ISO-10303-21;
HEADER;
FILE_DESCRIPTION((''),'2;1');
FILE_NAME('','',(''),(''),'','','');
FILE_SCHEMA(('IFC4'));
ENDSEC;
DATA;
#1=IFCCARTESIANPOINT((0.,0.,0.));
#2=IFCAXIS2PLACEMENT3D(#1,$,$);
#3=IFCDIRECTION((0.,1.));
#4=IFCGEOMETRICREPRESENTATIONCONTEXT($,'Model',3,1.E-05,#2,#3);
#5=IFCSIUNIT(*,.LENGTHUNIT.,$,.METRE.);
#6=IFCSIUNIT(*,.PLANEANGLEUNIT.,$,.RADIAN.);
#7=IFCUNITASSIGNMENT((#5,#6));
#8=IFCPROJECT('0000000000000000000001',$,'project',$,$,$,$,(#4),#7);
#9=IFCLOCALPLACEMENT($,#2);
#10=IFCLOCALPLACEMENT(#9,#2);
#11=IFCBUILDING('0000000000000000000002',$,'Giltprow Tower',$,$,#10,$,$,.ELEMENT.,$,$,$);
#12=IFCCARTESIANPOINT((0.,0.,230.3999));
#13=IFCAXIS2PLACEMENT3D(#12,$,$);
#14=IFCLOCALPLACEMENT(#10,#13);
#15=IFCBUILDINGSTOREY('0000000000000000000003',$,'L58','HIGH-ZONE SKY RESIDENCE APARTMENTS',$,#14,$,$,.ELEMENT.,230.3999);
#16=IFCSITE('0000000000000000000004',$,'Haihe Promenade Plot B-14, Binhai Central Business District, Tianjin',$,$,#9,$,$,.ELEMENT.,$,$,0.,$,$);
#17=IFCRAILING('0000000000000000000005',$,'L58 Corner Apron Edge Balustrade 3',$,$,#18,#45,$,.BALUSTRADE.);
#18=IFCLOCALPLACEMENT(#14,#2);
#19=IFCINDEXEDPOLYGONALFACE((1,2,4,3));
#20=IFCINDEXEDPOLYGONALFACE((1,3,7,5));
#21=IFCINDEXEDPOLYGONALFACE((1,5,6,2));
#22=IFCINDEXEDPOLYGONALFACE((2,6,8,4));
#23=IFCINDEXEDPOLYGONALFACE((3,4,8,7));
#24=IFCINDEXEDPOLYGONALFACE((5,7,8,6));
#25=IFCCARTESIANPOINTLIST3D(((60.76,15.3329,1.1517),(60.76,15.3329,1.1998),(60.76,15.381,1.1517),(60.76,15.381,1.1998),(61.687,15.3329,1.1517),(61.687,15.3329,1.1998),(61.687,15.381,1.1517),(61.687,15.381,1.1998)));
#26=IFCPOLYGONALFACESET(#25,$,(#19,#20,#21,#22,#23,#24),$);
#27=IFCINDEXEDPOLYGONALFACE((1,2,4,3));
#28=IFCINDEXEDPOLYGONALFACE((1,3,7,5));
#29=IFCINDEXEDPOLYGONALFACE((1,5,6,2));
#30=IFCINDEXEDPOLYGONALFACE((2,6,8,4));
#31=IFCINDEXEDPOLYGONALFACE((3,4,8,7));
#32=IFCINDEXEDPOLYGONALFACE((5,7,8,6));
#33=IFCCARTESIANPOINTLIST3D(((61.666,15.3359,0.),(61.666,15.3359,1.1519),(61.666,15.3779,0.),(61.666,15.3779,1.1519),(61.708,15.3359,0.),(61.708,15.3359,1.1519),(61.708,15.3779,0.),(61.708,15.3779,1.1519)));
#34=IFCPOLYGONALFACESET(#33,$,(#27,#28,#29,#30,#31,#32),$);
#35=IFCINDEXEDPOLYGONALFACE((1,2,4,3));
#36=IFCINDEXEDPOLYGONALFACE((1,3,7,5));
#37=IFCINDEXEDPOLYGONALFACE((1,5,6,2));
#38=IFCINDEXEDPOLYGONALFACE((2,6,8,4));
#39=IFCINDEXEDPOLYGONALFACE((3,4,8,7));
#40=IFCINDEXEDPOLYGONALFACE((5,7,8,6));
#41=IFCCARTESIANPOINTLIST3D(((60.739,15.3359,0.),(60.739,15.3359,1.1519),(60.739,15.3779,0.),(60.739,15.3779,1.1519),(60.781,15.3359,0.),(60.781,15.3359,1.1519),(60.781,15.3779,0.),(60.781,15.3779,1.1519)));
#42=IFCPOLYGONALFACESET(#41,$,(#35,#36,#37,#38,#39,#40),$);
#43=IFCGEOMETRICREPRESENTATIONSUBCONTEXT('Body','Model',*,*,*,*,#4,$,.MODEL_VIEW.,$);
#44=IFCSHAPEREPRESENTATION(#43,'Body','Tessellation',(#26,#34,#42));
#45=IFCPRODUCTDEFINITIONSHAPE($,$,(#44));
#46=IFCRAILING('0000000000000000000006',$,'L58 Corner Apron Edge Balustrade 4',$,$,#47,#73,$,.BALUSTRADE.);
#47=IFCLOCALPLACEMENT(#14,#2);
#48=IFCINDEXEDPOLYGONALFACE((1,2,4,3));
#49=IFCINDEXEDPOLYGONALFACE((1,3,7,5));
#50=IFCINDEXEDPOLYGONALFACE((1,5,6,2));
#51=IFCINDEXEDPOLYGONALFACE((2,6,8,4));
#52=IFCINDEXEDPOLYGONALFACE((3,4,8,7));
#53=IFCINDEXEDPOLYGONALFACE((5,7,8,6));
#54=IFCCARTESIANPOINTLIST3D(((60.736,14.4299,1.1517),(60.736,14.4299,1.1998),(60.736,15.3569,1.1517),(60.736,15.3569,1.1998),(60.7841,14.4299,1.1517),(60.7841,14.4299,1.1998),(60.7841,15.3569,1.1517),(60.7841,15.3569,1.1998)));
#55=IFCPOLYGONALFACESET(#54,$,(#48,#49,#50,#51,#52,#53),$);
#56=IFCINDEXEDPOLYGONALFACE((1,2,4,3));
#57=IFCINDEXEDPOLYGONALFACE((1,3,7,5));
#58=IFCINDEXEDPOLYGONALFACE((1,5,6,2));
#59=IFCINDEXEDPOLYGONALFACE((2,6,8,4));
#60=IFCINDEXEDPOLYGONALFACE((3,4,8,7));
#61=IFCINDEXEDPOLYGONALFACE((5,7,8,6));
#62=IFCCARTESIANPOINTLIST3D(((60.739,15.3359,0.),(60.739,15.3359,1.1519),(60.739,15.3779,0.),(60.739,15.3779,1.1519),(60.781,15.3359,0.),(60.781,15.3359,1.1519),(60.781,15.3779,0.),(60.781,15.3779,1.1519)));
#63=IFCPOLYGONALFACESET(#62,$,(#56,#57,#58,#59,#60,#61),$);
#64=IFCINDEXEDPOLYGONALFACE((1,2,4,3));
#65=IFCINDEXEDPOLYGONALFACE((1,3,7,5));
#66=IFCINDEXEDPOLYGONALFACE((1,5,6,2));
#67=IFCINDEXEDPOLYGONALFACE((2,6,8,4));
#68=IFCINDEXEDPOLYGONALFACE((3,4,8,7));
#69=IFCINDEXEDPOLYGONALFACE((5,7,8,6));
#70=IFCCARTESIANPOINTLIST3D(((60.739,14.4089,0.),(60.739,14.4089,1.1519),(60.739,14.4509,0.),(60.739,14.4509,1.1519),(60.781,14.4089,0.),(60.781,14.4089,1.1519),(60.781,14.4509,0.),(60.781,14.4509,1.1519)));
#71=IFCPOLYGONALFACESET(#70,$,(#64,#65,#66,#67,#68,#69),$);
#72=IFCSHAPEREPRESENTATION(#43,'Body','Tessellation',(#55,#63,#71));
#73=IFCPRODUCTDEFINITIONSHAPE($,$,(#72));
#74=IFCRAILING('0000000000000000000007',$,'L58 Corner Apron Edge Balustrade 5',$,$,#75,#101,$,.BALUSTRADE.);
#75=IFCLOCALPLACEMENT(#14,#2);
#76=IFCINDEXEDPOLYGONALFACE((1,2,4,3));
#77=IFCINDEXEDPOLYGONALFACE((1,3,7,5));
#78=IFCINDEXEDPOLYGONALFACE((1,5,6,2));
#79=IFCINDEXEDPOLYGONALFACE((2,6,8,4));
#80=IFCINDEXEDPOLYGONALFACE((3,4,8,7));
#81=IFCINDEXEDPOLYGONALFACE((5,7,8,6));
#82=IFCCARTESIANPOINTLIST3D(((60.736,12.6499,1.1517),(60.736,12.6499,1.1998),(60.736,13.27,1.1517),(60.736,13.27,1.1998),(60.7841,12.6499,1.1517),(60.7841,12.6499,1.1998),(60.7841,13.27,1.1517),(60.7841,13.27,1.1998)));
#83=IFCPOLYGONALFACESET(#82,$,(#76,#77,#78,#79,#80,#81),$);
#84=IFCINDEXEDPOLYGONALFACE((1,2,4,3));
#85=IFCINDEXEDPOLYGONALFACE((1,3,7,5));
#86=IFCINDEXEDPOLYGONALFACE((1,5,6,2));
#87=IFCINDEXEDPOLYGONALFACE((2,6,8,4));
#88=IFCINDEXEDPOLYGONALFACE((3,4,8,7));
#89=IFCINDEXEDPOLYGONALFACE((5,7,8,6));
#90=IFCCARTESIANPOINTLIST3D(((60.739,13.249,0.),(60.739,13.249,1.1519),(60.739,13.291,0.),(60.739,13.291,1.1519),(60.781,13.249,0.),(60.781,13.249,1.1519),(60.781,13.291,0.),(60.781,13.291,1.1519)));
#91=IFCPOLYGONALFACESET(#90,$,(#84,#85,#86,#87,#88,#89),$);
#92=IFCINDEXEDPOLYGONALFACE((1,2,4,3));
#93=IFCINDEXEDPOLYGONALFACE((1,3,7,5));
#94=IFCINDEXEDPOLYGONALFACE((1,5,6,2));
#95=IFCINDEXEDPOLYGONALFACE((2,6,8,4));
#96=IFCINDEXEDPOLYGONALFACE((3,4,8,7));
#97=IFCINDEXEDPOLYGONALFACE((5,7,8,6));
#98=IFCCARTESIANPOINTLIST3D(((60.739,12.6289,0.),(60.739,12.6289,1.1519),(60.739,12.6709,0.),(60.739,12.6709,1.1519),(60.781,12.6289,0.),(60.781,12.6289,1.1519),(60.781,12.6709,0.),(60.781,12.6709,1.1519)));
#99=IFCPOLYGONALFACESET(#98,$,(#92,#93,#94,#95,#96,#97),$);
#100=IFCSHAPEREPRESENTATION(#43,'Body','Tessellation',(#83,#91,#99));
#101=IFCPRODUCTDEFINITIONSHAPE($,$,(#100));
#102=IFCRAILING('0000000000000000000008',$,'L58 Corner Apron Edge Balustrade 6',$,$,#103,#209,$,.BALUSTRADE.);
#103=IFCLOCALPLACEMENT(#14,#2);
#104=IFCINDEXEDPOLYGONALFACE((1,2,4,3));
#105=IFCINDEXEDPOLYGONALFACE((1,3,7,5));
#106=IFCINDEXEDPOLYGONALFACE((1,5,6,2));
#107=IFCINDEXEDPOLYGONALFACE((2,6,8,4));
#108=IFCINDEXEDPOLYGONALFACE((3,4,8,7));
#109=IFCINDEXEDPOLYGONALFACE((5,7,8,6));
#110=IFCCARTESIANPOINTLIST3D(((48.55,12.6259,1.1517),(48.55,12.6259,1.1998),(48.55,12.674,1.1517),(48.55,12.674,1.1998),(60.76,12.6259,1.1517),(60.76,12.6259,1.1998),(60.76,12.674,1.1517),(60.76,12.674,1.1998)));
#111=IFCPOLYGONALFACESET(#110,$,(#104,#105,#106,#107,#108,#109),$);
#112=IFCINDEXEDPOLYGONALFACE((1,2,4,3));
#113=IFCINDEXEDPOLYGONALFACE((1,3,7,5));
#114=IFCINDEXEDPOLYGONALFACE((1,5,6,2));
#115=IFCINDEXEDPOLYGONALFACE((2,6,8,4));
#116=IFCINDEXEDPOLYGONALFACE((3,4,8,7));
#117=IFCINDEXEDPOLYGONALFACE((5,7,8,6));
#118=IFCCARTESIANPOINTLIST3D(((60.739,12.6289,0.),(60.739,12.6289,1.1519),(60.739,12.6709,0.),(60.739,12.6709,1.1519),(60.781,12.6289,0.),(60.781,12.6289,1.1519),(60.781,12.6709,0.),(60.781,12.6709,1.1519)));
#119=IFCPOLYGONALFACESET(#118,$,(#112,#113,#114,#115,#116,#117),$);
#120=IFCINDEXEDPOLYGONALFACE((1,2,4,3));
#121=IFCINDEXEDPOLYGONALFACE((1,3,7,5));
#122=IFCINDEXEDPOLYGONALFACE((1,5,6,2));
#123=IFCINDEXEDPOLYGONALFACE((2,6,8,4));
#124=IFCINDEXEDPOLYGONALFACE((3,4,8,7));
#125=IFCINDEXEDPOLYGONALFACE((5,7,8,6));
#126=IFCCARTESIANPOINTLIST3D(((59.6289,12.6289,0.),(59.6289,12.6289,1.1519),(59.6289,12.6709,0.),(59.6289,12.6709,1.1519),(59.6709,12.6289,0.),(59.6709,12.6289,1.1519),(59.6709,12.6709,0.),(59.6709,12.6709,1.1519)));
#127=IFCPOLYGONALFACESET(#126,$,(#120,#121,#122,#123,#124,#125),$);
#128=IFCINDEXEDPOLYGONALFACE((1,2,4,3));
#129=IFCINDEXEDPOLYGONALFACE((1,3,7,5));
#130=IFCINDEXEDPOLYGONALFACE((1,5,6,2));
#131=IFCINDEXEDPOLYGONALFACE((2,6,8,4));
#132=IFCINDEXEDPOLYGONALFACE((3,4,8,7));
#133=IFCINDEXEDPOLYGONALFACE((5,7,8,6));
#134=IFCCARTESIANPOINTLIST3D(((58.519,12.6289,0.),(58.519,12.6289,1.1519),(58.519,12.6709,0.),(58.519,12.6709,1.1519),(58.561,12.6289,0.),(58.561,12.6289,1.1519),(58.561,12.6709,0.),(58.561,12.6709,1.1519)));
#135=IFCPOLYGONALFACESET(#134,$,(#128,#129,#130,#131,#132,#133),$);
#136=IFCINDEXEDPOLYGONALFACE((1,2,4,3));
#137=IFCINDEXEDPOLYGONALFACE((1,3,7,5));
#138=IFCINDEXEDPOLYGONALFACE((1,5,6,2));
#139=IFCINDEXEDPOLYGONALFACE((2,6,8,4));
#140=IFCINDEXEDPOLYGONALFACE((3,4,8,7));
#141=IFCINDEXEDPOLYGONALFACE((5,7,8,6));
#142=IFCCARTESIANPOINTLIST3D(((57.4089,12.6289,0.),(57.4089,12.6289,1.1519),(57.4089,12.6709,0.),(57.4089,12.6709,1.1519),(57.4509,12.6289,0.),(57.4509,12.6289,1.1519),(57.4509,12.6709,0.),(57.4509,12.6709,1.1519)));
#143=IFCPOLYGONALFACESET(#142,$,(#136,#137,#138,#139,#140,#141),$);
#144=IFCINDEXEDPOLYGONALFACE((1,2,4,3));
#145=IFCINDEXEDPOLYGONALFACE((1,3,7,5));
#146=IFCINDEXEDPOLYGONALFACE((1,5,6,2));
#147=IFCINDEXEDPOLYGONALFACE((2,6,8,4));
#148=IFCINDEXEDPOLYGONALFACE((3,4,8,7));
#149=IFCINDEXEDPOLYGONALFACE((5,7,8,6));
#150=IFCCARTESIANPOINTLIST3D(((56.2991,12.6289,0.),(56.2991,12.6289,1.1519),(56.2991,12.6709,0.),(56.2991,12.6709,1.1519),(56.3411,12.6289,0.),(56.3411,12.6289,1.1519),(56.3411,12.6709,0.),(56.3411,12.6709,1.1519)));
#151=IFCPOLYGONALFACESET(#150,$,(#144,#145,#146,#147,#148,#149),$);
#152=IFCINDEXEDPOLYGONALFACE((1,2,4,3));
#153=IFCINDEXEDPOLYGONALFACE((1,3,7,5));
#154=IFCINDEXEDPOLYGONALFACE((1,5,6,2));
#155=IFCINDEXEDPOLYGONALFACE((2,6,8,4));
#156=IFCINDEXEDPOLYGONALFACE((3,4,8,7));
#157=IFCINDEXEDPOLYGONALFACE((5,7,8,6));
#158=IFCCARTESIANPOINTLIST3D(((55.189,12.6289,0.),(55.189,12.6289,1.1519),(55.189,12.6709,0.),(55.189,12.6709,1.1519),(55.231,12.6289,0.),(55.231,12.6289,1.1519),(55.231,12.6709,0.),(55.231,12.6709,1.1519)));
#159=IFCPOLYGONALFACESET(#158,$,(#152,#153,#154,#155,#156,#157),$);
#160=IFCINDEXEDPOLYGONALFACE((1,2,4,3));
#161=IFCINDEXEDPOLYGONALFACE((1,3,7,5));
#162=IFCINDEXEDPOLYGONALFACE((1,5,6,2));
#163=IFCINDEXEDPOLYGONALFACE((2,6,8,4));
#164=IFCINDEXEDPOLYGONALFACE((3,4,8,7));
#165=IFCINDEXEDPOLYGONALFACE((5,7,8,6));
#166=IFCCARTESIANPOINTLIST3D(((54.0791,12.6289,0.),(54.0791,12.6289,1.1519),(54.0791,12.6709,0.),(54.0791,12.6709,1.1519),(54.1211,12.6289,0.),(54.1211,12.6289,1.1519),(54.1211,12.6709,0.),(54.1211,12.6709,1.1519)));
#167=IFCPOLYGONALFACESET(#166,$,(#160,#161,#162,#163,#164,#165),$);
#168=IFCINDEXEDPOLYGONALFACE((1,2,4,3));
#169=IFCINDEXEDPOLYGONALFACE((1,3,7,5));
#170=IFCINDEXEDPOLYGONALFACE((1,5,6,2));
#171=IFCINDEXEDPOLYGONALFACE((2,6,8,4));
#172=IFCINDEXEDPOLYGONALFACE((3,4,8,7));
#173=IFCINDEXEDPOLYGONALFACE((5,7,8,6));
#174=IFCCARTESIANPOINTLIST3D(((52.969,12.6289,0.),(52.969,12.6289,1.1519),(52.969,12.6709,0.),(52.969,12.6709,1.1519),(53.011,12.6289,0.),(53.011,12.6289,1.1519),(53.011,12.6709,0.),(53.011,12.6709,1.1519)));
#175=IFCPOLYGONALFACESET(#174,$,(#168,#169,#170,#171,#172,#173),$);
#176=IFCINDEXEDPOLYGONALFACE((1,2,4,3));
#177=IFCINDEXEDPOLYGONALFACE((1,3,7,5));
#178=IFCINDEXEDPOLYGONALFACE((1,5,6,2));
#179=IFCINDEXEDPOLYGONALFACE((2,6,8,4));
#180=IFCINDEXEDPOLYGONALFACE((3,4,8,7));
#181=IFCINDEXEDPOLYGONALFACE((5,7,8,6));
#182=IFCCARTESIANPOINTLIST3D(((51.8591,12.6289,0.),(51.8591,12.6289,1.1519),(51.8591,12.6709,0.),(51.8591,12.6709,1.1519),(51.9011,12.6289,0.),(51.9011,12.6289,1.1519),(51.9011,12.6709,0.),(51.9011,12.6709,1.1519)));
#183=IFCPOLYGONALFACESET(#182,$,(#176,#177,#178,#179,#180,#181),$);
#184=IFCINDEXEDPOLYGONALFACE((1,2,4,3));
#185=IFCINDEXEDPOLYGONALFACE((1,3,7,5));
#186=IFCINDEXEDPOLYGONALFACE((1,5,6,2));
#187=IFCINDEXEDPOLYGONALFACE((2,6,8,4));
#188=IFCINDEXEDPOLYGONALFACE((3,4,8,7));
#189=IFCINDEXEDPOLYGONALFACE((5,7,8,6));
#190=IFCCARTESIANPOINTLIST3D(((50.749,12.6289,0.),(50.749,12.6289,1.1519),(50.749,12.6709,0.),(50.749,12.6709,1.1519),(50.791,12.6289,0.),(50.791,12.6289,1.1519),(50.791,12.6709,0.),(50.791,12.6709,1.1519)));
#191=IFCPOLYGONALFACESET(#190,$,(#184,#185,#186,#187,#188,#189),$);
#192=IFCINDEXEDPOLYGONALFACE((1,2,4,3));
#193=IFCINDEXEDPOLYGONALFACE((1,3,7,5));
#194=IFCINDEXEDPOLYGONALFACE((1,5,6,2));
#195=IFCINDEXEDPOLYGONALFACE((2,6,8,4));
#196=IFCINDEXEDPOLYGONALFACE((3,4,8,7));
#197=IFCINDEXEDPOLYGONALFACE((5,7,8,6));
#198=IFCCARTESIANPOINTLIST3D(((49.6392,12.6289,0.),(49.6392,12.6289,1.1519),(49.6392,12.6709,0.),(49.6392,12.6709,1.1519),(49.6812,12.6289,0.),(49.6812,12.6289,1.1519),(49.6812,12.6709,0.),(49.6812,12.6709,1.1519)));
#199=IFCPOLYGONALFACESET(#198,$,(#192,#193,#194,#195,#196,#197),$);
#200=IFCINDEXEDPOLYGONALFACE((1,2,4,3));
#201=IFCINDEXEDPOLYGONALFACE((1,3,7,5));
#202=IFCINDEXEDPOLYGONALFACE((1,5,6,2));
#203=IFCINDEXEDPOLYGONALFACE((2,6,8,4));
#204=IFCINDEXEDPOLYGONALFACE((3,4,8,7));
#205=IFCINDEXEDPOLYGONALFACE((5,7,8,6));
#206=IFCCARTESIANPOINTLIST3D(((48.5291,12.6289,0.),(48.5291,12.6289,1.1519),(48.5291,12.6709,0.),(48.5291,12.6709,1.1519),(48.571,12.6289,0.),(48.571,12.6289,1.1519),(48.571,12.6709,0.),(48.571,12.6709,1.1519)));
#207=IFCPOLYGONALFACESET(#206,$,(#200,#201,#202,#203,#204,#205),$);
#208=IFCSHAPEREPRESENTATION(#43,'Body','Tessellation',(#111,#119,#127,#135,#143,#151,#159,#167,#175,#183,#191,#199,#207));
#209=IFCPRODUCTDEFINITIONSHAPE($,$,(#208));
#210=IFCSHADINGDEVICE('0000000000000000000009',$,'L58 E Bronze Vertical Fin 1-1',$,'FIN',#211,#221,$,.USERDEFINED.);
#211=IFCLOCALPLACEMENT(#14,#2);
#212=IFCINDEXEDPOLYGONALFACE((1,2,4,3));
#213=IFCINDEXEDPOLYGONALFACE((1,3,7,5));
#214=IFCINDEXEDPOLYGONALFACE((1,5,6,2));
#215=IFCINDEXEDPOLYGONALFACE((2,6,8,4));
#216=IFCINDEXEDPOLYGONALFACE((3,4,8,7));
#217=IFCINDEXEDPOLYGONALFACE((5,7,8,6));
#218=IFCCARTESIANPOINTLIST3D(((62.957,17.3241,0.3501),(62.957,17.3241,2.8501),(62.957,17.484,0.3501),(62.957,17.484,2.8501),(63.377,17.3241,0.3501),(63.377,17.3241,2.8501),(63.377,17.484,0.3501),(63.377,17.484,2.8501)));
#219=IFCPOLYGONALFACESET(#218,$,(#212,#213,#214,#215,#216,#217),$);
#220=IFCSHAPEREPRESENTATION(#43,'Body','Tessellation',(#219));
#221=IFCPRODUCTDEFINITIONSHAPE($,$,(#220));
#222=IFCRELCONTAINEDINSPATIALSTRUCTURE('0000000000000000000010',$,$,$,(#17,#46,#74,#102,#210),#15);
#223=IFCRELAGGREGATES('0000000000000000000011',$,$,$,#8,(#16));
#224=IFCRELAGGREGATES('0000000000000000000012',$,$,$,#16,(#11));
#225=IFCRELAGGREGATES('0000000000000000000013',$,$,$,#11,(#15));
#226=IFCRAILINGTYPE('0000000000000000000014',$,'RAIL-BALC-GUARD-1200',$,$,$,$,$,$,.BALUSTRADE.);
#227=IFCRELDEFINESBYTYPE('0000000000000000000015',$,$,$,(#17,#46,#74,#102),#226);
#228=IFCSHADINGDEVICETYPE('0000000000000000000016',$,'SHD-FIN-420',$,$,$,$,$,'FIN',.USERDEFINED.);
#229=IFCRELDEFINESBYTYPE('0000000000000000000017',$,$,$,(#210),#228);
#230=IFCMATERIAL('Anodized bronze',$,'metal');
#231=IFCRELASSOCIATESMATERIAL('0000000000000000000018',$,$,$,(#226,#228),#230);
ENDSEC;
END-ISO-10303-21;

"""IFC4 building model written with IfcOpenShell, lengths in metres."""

from ifc_helpers import new_model, si_unit, direction, frame, origin, origin_2d, place, context, subcontext, project, spatial, rectangle, extrude, source, transform, mapped, material, type_object, element, save


model = new_model("IFC4")

# Units and contexts
model_context = context("Model", 3, precision=1e-05, world=origin(), true_north=direction((0.0, 1.0)))
body_context = subcontext(model_context, "Body", "Model", "MODEL_VIEW")
ifc_project = project(units=[si_unit("LENGTHUNIT", "METRE"), si_unit("PLANEANGLEUNIT", "RADIAN")], contexts=[model_context])

# Site, building, storey
site_placement = place(None, origin())
site = spatial("IfcSite", under=ifc_project, at=site_placement, Name="Haihe Promenade Plot B-14, Binhai Central Business District, Tianjin", CompositionType="ELEMENT", RefElevation=0.0)
building_placement = place(site_placement, origin())
building = spatial("IfcBuilding", under=site, at=building_placement, Name="Giltprow Tower", CompositionType="ELEMENT")
storey_placement = place(building_placement, frame((0.0, 0.0, 230.3999)))
storey = spatial("IfcBuildingStorey", under=building, at=storey_placement, Name="L58", Description="HIGH-ZONE SKY RESIDENCE APARTMENTS", CompositionType="ELEMENT", Elevation=230.3999)

# Shared definitions
ifc_material_1 = material(Name="Anodized bronze", Category="metal")

# Railings
railing_type = type_object("IfcRailingType", Name="RAIL-BALC-GUARD-1200", PredefinedType="BALUSTRADE", material=ifc_material_1)
railing_1_placement = place(storey_placement, frame((61.687, 15.3569, 0.0)))
element("IfcRailing", 1, at=railing_1_placement, inside=storey, type_object=railing_type, Name="L58 Corner Apron Edge Balustrade 3", PredefinedType="BALUSTRADE", context=body_context, shape_type="SweptSolid", body=[
    extrude(rectangle(XDim=0.0481, YDim=0.0481, at=origin_2d()), frame((0.0, 0.0, 1.1758), z_axis=(-1.0, 0.0, 0.0), x_axis=(0.0, -1.0, 0.0)), (0.0, 0.0, 1.0), 0.927),
    extrude(rectangle(XDim=0.042, YDim=0.042, at=origin_2d()), origin(), (0.0, 0.0, 1.0), 1.1519),
    extrude(rectangle(XDim=0.042, YDim=0.042, at=origin_2d()), frame((-0.927, 0.0, 0.0)), (0.0, 0.0, 1.0), 1.1519),
])
railing_2_placement = place(storey_placement, frame((60.76, 15.3569, 0.0)))
element("IfcRailing", 2, at=railing_2_placement, inside=storey, type_object=railing_type, Name="L58 Corner Apron Edge Balustrade 4", PredefinedType="BALUSTRADE", context=body_context, shape_type="SweptSolid", body=[
    extrude(rectangle(XDim=0.0481, YDim=0.0481, at=origin_2d()), frame((0.0, 0.0, 1.1758), z_axis=(0.0, -1.0, 0.0), x_axis=(1.0, 0.0, 0.0)), (0.0, 0.0, 1.0), 0.927),
    extrude(rectangle(XDim=0.042, YDim=0.042, at=origin_2d()), origin(), (0.0, 0.0, 1.0), 1.1519),
    extrude(rectangle(XDim=0.042, YDim=0.042, at=origin_2d()), frame((0.0, -0.927, 0.0)), (0.0, 0.0, 1.0), 1.1519),
])
railing_3_placement = place(storey_placement, frame((60.76, 13.27, 0.0)))
element("IfcRailing", 3, at=railing_3_placement, inside=storey, type_object=railing_type, Name="L58 Corner Apron Edge Balustrade 5", PredefinedType="BALUSTRADE", context=body_context, shape_type="SweptSolid", body=[
    extrude(rectangle(XDim=0.0481, YDim=0.0481, at=origin_2d()), frame((0.0, 0.0, 1.1758), z_axis=(0.0, -1.0, 0.0), x_axis=(1.0, 0.0, 0.0)), (0.0, 0.0, 1.0), 0.6201),
    extrude(rectangle(XDim=0.042, YDim=0.042, at=origin_2d()), origin(), (0.0, 0.0, 1.0), 1.1519),
    extrude(rectangle(XDim=0.042, YDim=0.042, at=origin_2d()), frame((0.0, -0.6201, 0.0)), (0.0, 0.0, 1.0), 1.1519),
])
railing_4_placement = place(storey_placement, frame((60.76, 12.6499, 0.0)))
element("IfcRailing", 4, at=railing_4_placement, inside=storey, type_object=railing_type, Name="L58 Corner Apron Edge Balustrade 6", PredefinedType="BALUSTRADE", context=body_context, shape_type="SweptSolid", body=[
    extrude(rectangle(XDim=0.0481, YDim=0.0481, at=origin_2d()), frame((0.0, 0.0, 1.1758), z_axis=(-1.0, 0.0, 0.0), x_axis=(0.0, -1.0, 0.0)), (0.0, 0.0, 1.0), 12.21),
    extrude(rectangle(XDim=0.042, YDim=0.042, at=origin_2d()), origin(), (0.0, 0.0, 1.0), 1.1519),
    extrude(rectangle(XDim=0.042, YDim=0.042, at=origin_2d()), frame((-1.1101, 0.0, 0.0)), (0.0, 0.0, 1.0), 1.1519),
    extrude(rectangle(XDim=0.042, YDim=0.042, at=origin_2d()), frame((-2.22, 0.0, 0.0)), (0.0, 0.0, 1.0), 1.1519),
    extrude(rectangle(XDim=0.042, YDim=0.042, at=origin_2d()), frame((-3.3301, 0.0, 0.0)), (0.0, 0.0, 1.0), 1.1519),
    extrude(rectangle(XDim=0.042, YDim=0.042, at=origin_2d()), frame((-4.4399, 0.0, 0.0)), (0.0, 0.0, 1.0), 1.1519),
    extrude(rectangle(XDim=0.042, YDim=0.042, at=origin_2d()), frame((-5.55, 0.0, 0.0)), (0.0, 0.0, 1.0), 1.1519),
    extrude(rectangle(XDim=0.042, YDim=0.042, at=origin_2d()), frame((-6.6599, 0.0, 0.0)), (0.0, 0.0, 1.0), 1.1519),
    extrude(rectangle(XDim=0.042, YDim=0.042, at=origin_2d()), frame((-7.77, 0.0, 0.0)), (0.0, 0.0, 1.0), 1.1519),
    extrude(rectangle(XDim=0.042, YDim=0.042, at=origin_2d()), frame((-8.8799, 0.0, 0.0)), (0.0, 0.0, 1.0), 1.1519),
    extrude(rectangle(XDim=0.042, YDim=0.042, at=origin_2d()), frame((-9.99, 0.0, 0.0)), (0.0, 0.0, 1.0), 1.1519),
    extrude(rectangle(XDim=0.042, YDim=0.042, at=origin_2d()), frame((-11.0999, 0.0, 0.0)), (0.0, 0.0, 1.0), 1.1519),
    extrude(rectangle(XDim=0.042, YDim=0.042, at=origin_2d()), frame((-12.21, 0.0, 0.0)), (0.0, 0.0, 1.0), 1.1519),
])

# Shading device
shading_device_type = type_object("IfcShadingDeviceType", Name="SHD-FIN-420", ElementType="FIN", PredefinedType="USERDEFINED", material=ifc_material_1)
shared_shape_1 = source(origin(), body_context, "Body", "SweptSolid", [
    extrude(rectangle(XDim=0.4199, YDim=0.1599, at=origin_2d()), origin(), (0.0, 0.0, 1.0), 2.5),
])
shading_device_placement = place(storey_placement, frame((63.167, 17.4041, 0.3501), z_axis=(0.0, 0.0, 1.0), x_axis=(1.0, 0.0, 0.0)))
element("IfcShadingDevice", 5, at=shading_device_placement, inside=storey, type_object=shading_device_type, Name="L58 E Bronze Vertical Fin 1-1", ObjectType="FIN", PredefinedType="USERDEFINED", context=body_context, shape_type="MappedRepresentation", body=[
    mapped(shared_shape_1, transform((0.0, 0.0, 0.0), x_axis=(1.0, 0.0, 0.0), y_axis=(0.0, 1.0, 0.0), z_axis=(0.0, 0.0, 1.0), scale=1.0)),
])

save(model, "model.ifc")
